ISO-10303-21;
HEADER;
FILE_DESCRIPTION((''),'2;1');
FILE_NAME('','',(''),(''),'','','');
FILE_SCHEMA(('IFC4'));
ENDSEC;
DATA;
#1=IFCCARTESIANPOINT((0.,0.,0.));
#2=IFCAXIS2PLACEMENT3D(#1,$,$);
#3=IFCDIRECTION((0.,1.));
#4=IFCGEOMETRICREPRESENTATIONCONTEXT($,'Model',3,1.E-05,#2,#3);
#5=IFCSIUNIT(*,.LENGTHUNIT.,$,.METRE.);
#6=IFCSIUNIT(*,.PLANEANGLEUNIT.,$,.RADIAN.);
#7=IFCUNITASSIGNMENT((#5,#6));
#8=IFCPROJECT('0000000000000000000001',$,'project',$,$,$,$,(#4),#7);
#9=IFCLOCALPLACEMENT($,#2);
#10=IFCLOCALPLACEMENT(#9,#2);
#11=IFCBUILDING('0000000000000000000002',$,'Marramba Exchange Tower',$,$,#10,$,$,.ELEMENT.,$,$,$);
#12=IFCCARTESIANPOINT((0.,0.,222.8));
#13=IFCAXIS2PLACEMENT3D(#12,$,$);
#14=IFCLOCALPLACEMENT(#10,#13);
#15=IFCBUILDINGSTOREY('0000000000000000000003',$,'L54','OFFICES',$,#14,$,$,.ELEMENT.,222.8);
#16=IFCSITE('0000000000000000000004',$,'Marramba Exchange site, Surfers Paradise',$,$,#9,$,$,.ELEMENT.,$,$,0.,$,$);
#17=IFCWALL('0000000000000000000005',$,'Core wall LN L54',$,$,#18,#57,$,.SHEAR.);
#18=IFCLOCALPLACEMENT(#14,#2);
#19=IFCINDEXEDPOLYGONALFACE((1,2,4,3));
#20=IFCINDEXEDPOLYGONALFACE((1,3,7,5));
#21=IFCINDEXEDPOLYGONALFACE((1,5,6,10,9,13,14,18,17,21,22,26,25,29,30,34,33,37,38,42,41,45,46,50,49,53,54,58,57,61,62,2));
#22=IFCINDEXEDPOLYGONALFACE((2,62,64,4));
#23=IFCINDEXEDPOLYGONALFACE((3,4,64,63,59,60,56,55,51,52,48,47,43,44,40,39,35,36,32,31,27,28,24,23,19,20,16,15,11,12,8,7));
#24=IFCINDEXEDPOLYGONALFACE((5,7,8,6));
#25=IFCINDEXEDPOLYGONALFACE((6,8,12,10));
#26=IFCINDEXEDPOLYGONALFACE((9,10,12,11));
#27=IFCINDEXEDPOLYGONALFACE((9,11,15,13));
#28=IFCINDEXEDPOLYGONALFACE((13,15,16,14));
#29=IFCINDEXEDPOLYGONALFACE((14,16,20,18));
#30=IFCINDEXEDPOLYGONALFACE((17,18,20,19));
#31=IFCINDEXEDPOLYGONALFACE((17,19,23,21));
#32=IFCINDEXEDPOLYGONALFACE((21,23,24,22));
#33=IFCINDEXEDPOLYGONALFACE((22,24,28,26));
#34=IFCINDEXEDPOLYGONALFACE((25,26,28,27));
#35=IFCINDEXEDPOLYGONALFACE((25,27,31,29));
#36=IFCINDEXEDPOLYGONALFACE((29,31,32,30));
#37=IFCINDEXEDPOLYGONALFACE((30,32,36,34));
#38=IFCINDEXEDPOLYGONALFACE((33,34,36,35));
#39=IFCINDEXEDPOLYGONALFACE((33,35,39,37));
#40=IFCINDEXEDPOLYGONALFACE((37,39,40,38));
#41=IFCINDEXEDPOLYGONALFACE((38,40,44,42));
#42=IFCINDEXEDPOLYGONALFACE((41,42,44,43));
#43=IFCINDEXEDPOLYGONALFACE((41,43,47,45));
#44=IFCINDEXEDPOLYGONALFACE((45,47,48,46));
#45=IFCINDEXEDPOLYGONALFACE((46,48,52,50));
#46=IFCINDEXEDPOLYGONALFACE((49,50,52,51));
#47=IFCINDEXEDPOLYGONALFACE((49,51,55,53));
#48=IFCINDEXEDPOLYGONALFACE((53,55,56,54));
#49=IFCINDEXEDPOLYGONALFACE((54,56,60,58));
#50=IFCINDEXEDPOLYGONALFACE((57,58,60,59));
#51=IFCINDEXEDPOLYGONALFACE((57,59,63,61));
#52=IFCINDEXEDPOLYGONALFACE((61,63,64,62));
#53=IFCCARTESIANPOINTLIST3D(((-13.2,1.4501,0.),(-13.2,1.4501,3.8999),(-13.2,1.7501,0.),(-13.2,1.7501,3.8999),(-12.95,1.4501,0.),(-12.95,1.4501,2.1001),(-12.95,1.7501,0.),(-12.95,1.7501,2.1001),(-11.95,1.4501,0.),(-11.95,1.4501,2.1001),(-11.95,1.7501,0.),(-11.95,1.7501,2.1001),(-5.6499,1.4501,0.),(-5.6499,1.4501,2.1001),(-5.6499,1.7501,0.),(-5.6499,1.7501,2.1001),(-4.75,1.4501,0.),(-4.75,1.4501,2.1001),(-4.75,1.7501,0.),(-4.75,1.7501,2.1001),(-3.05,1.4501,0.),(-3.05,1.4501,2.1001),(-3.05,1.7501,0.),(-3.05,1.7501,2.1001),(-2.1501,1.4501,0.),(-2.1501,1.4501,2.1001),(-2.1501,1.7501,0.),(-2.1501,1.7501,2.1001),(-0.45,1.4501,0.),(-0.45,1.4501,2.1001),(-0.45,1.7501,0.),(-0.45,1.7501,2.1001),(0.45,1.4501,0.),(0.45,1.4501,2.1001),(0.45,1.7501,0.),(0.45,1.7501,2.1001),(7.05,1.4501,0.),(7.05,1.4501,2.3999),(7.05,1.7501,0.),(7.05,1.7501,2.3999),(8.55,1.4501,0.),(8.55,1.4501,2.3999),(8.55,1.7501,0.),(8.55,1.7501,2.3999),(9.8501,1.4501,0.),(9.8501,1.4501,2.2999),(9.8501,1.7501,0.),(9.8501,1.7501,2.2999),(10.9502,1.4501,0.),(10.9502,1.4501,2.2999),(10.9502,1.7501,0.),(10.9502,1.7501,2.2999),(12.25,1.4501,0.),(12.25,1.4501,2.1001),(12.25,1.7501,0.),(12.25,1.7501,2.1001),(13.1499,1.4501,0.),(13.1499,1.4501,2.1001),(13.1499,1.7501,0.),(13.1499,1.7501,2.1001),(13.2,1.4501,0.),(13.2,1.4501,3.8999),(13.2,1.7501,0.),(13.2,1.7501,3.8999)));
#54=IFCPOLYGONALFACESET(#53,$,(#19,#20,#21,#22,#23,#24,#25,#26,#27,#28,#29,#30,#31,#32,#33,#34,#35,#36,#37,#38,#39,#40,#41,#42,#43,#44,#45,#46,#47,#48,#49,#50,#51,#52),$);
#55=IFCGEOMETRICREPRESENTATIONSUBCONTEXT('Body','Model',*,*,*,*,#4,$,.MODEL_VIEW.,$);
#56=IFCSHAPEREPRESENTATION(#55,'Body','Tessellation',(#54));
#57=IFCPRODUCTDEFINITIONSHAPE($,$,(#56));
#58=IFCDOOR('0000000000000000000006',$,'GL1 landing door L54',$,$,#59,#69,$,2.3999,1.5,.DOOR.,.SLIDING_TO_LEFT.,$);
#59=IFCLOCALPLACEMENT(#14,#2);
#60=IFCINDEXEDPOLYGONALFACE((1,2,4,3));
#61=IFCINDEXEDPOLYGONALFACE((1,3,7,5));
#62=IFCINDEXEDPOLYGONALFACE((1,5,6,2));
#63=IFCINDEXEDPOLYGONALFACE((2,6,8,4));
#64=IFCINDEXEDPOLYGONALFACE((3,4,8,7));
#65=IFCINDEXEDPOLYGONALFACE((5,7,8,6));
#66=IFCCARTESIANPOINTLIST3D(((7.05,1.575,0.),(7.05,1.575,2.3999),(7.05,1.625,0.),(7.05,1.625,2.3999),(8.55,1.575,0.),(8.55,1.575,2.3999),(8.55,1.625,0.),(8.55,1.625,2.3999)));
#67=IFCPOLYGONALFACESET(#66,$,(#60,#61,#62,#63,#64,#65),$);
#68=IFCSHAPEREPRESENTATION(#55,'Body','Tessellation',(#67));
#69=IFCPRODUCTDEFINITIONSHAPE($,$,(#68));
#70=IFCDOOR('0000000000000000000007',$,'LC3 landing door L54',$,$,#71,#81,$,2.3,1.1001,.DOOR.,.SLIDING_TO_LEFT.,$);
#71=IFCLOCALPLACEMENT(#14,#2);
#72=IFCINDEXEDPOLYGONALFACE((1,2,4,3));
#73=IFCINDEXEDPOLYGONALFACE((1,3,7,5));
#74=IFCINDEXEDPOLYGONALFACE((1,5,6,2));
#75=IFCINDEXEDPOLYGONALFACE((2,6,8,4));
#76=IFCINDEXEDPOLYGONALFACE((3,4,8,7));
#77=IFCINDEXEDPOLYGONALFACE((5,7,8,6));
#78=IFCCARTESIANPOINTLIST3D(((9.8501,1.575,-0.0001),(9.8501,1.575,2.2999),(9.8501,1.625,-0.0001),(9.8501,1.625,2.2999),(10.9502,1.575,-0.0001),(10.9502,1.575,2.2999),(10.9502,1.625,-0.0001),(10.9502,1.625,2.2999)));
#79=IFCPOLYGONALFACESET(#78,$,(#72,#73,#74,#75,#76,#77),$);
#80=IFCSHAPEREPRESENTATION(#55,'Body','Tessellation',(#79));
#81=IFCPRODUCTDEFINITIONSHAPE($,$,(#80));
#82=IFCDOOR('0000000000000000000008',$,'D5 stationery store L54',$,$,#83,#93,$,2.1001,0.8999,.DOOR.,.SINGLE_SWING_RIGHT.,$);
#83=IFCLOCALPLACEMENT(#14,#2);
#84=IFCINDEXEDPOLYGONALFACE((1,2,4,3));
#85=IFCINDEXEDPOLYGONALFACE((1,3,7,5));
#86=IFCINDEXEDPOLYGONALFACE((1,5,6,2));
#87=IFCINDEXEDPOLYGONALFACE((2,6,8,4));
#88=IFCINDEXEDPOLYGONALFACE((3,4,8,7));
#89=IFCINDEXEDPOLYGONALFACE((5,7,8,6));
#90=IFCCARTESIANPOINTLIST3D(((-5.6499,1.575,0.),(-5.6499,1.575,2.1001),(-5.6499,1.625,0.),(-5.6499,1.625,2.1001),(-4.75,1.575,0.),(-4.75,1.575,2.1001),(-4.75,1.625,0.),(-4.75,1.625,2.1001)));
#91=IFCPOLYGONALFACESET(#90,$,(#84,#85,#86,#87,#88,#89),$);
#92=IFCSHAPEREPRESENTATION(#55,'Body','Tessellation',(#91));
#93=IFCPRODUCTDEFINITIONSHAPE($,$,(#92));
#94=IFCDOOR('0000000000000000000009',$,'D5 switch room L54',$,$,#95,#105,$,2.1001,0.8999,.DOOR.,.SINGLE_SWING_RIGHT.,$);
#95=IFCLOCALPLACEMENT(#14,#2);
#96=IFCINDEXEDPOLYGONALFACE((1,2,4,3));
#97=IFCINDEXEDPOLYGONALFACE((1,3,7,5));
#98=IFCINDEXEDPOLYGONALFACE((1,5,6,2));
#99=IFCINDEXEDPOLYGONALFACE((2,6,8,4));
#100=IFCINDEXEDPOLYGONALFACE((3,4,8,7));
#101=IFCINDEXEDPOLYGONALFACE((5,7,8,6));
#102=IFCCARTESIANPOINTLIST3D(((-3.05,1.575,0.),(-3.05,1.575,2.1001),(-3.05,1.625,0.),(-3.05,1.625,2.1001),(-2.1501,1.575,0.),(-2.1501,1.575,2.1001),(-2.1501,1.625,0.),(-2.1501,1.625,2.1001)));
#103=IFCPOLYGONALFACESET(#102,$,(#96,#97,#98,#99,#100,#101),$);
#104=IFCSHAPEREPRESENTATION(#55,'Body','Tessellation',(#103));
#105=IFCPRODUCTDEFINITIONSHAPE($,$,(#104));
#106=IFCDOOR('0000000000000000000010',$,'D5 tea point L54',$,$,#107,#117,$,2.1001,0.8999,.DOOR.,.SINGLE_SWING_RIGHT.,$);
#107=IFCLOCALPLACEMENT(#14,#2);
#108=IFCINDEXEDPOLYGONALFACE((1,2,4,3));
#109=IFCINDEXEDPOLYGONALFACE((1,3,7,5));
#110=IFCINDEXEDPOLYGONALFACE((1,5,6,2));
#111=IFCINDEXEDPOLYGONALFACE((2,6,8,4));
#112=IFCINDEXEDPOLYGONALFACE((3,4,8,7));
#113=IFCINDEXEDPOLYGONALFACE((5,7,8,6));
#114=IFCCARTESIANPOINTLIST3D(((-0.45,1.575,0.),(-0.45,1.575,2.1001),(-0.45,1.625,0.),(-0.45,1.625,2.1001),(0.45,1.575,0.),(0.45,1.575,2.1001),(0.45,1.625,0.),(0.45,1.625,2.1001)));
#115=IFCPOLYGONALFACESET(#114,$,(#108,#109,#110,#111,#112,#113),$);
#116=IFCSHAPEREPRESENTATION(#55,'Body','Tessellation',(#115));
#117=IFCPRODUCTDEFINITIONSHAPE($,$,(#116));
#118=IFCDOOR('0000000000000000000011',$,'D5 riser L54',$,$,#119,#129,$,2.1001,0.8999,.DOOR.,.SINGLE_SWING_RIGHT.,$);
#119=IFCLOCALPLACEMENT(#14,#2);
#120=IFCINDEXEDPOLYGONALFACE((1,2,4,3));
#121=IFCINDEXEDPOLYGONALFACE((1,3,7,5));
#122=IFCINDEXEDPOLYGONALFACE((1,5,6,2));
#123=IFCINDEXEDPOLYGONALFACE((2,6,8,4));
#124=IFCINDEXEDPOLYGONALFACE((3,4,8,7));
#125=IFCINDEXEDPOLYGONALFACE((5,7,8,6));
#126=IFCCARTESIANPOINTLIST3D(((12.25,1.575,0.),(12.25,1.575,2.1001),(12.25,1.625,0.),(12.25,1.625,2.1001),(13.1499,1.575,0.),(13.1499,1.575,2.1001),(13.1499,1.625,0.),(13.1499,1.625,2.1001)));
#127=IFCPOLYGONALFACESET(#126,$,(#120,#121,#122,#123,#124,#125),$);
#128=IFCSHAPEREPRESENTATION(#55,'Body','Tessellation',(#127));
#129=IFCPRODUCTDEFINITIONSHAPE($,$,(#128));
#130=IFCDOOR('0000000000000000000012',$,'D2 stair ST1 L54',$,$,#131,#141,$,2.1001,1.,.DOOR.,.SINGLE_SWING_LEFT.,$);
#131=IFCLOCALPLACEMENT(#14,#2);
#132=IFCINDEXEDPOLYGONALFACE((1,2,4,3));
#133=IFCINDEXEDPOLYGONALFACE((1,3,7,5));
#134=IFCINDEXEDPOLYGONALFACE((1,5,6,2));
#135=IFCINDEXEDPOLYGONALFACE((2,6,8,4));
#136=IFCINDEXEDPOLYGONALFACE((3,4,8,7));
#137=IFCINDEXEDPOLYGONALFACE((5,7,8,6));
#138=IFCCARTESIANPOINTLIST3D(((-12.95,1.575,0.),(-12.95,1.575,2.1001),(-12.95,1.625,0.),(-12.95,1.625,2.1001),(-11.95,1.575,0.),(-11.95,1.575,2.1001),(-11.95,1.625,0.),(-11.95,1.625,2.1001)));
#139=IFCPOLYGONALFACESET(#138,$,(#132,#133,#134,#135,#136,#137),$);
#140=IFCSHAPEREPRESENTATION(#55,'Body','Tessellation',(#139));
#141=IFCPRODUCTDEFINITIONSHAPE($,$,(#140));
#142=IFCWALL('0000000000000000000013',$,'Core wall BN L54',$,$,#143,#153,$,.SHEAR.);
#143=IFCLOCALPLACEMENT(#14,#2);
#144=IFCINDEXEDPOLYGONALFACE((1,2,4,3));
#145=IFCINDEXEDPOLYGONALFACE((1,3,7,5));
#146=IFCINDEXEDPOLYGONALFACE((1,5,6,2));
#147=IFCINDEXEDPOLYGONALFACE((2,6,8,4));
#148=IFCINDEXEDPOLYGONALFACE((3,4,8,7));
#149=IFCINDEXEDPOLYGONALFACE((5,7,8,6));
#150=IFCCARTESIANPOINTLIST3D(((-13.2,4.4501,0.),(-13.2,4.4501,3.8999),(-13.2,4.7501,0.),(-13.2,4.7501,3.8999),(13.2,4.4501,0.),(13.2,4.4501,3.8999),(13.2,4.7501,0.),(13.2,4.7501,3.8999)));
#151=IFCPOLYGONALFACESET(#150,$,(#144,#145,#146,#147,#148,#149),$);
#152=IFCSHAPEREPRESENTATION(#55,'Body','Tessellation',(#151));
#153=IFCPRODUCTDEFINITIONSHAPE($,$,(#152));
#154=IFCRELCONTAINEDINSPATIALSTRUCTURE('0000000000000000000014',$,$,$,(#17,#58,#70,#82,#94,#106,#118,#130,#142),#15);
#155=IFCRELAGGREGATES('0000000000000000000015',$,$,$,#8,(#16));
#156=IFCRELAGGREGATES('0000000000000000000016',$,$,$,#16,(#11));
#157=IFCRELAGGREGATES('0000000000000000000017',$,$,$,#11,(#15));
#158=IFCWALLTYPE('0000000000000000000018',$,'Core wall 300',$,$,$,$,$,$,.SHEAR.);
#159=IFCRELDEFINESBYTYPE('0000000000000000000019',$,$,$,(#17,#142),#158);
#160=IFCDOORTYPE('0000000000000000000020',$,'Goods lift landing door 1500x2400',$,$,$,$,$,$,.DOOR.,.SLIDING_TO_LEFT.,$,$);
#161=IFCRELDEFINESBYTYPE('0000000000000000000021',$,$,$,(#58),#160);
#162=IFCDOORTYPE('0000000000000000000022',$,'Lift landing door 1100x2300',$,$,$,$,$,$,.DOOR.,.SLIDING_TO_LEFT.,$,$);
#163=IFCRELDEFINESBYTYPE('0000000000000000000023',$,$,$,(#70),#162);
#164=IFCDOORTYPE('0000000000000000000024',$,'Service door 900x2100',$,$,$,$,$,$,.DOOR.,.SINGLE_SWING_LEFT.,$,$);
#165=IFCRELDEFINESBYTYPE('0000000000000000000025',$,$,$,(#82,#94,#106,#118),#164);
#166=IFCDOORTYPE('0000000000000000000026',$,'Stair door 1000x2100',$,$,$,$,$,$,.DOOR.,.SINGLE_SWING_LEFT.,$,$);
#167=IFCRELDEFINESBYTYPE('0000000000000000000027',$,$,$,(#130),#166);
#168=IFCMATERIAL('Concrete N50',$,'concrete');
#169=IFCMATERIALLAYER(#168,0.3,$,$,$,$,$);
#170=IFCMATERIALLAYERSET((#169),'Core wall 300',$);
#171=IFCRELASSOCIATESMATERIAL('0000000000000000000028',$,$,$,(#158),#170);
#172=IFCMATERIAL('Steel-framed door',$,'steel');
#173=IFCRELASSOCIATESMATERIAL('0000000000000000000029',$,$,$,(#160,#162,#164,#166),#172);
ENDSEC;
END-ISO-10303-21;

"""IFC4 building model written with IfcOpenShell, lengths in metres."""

from ifc_helpers import new_model, si_unit, direction, frame, frame_2d, origin, place, context, subcontext, project, spatial, rectangle, extrude, material, layer, layer_set, type_object, element, fill, save


model = new_model("IFC4")

# Units and contexts
model_context = context("Model", 3, precision=1e-05, world=origin(), true_north=direction((0.0, 1.0)))
body_context = subcontext(model_context, "Body", "Model", "MODEL_VIEW")
ifc_project = project(units=[si_unit("LENGTHUNIT", "METRE"), si_unit("PLANEANGLEUNIT", "RADIAN")], contexts=[model_context])

# Site, building, storey
site_placement = place(None, origin())
site = spatial("IfcSite", under=ifc_project, at=site_placement, Name="Marramba Exchange site, Surfers Paradise", CompositionType="ELEMENT", RefElevation=0.0)
building_placement = place(site_placement, origin())
building = spatial("IfcBuilding", under=site, at=building_placement, Name="Marramba Exchange Tower", CompositionType="ELEMENT")
storey_placement = place(building_placement, frame((0.0, 0.0, 222.8)))
storey = spatial("IfcBuildingStorey", under=building, at=storey_placement, Name="L54", Description="OFFICES", CompositionType="ELEMENT", Elevation=222.8)

# Shared definitions
ifc_material_1 = material(Name="Concrete N50", Category="concrete")

# Wall, openings, doors
ifc_layer_1 = layer(ifc_material_1, 0.3)
ifc_layer_set_1 = layer_set([ifc_layer_1], Name="Core wall 300")
wall_type_1 = type_object("IfcWallType", Name="Core wall 300", PredefinedType="SHEAR", material=ifc_layer_set_1)
wall_1_placement = place(storey_placement, frame((-13.2, 1.6001, 0.0), z_axis=(0.0, 0.0, 1.0), x_axis=(1.0, 0.0, 0.0)))
wall_1 = element("IfcWall", 1, at=wall_1_placement, inside=storey, type_object=wall_type_1, Name="Core wall LN L54", PredefinedType="SHEAR", context=body_context, shape_type="SweptSolid", body=[
    extrude(rectangle(XDim=26.3999, YDim=0.3, at=frame_2d((13.2, 0.0))), origin(), (0.0, 0.0, 1.0), 3.8999),
])
opening_1_placement = place(wall_1_placement, frame((0.25, 0.0, 0.0)))
opening_1 = element("IfcOpeningElement", 2, at=opening_1_placement, cuts=wall_1, PredefinedType="OPENING", context=body_context, shape_type="SweptSolid", body=[
    extrude(rectangle(XDim=1.0, YDim=2.1001, at=frame_2d((0.5, 1.05))), frame((0.0, 0.1599, 0.0), z_axis=(0.0, -1.0, 0.0), x_axis=(1.0, 0.0, 0.0)), (0.0, 0.0, 1.0), 0.3201),
])
opening_2_placement = place(wall_1_placement, frame((23.05, 0.0, 0.0)))
opening_2 = element("IfcOpeningElement", 3, at=opening_2_placement, cuts=wall_1, PredefinedType="OPENING", context=body_context, shape_type="SweptSolid", body=[
    extrude(rectangle(XDim=1.1001, YDim=2.3, at=frame_2d((0.55, 1.1499))), frame((0.0, 0.1599, 0.0), z_axis=(0.0, -1.0, 0.0), x_axis=(1.0, 0.0, 0.0)), (0.0, 0.0, 1.0), 0.3201),
])
opening_3_placement = place(wall_1_placement, frame((20.25, 0.0, 0.0)))
opening_3 = element("IfcOpeningElement", 4, at=opening_3_placement, cuts=wall_1, PredefinedType="OPENING", context=body_context, shape_type="SweptSolid", body=[
    extrude(rectangle(XDim=1.5, YDim=2.3999, at=frame_2d((0.75, 1.2))), frame((0.0, 0.1599, 0.0), z_axis=(0.0, -1.0, 0.0), x_axis=(1.0, 0.0, 0.0)), (0.0, 0.0, 1.0), 0.3201),
])
opening_4_placement = place(wall_1_placement, frame((7.55, 0.0, 0.0)))
opening_4 = element("IfcOpeningElement", 5, at=opening_4_placement, cuts=wall_1, PredefinedType="OPENING", context=body_context, shape_type="SweptSolid", body=[
    extrude(rectangle(XDim=0.8999, YDim=2.1001, at=frame_2d((0.45, 1.05))), frame((0.0, 0.1599, 0.0), z_axis=(0.0, -1.0, 0.0), x_axis=(1.0, 0.0, 0.0)), (0.0, 0.0, 1.0), 0.3201),
])
opening_5_placement = place(wall_1_placement, frame((10.1499, 0.0, 0.0)))
opening_5 = element("IfcOpeningElement", 6, at=opening_5_placement, cuts=wall_1, PredefinedType="OPENING", context=body_context, shape_type="SweptSolid", body=[
    extrude(rectangle(XDim=0.8999, YDim=2.1001, at=frame_2d((0.45, 1.05))), frame((0.0, 0.1599, 0.0), z_axis=(0.0, -1.0, 0.0), x_axis=(1.0, 0.0, 0.0)), (0.0, 0.0, 1.0), 0.3201),
])
opening_6_placement = place(wall_1_placement, frame((12.75, 0.0, 0.0)))
opening_6 = element("IfcOpeningElement", 7, at=opening_6_placement, cuts=wall_1, PredefinedType="OPENING", context=body_context, shape_type="SweptSolid", body=[
    extrude(rectangle(XDim=0.8999, YDim=2.1001, at=frame_2d((0.45, 1.05))), frame((0.0, 0.1599, 0.0), z_axis=(0.0, -1.0, 0.0), x_axis=(1.0, 0.0, 0.0)), (0.0, 0.0, 1.0), 0.3201),
])
opening_7_placement = place(wall_1_placement, frame((25.45, 0.0, 0.0)))
opening_7 = element("IfcOpeningElement", 8, at=opening_7_placement, cuts=wall_1, PredefinedType="OPENING", context=body_context, shape_type="SweptSolid", body=[
    extrude(rectangle(XDim=0.8999, YDim=2.1001, at=frame_2d((0.45, 1.05))), frame((0.0, 0.1599, 0.0), z_axis=(0.0, -1.0, 0.0), x_axis=(1.0, 0.0, 0.0)), (0.0, 0.0, 1.0), 0.3201),
])
ifc_material_2 = material(Name="Steel-framed door", Category="steel")
door_type_1 = type_object("IfcDoorType", Name="Goods lift landing door 1500x2400", OperationType="SLIDING_TO_LEFT", PredefinedType="DOOR", material=ifc_material_2)
door_1_placement = place(opening_3_placement, origin())
door_1 = element("IfcDoor", 9, at=door_1_placement, inside=storey, type_object=door_type_1, Name="GL1 landing door L54", OperationType="SLIDING_TO_LEFT", OverallHeight=2.3999, OverallWidth=1.5, PredefinedType="DOOR", context=body_context, shape_type="SweptSolid", body=[
    extrude(rectangle(XDim=1.5, YDim=2.3999, at=frame_2d((0.75, 1.2))), frame((0.0, 0.0249, 0.0), z_axis=(0.0, -1.0, 0.0), x_axis=(1.0, 0.0, 0.0)), (0.0, 0.0, 1.0), 0.05),
])
fill(opening_3, door_1)
door_type_2 = type_object("IfcDoorType", Name="Lift landing door 1100x2300", OperationType="SLIDING_TO_LEFT", PredefinedType="DOOR", material=ifc_material_2)
door_2_placement = place(opening_2_placement, origin())
door_2 = element("IfcDoor", 10, at=door_2_placement, inside=storey, type_object=door_type_2, Name="LC3 landing door L54", OperationType="SLIDING_TO_LEFT", OverallHeight=2.3, OverallWidth=1.1001, PredefinedType="DOOR", context=body_context, shape_type="SweptSolid", body=[
    extrude(rectangle(XDim=1.1001, YDim=2.3, at=frame_2d((0.55, 1.1499))), frame((0.0, 0.0249, 0.0), z_axis=(0.0, -1.0, 0.0), x_axis=(1.0, 0.0, 0.0)), (0.0, 0.0, 1.0), 0.05),
])
fill(opening_2, door_2)
door_type_3 = type_object("IfcDoorType", Name="Service door 900x2100", OperationType="SINGLE_SWING_LEFT", PredefinedType="DOOR", material=ifc_material_2)
door_3_placement = place(opening_4_placement, origin())
door_3 = element("IfcDoor", 11, at=door_3_placement, inside=storey, type_object=door_type_3, Name="D5 stationery store L54", OperationType="SINGLE_SWING_RIGHT", OverallHeight=2.1001, OverallWidth=0.8999, PredefinedType="DOOR", context=body_context, shape_type="SweptSolid", body=[
    extrude(rectangle(XDim=0.8999, YDim=2.1001, at=frame_2d((0.45, 1.05))), frame((0.0, 0.0249, 0.0), z_axis=(0.0, -1.0, 0.0), x_axis=(1.0, 0.0, 0.0)), (0.0, 0.0, 1.0), 0.05),
])
fill(opening_4, door_3)
door_4_placement = place(opening_5_placement, origin())
door_4 = element("IfcDoor", 12, at=door_4_placement, inside=storey, type_object=door_type_3, Name="D5 switch room L54", OperationType="SINGLE_SWING_RIGHT", OverallHeight=2.1001, OverallWidth=0.8999, PredefinedType="DOOR", context=body_context, shape_type="SweptSolid", body=[
    extrude(rectangle(XDim=0.8999, YDim=2.1001, at=frame_2d((0.45, 1.05))), frame((0.0, 0.0249, 0.0), z_axis=(0.0, -1.0, 0.0), x_axis=(1.0, 0.0, 0.0)), (0.0, 0.0, 1.0), 0.05),
])
fill(opening_5, door_4)
door_5_placement = place(opening_6_placement, origin())
door_5 = element("IfcDoor", 13, at=door_5_placement, inside=storey, type_object=door_type_3, Name="D5 tea point L54", OperationType="SINGLE_SWING_RIGHT", OverallHeight=2.1001, OverallWidth=0.8999, PredefinedType="DOOR", context=body_context, shape_type="SweptSolid", body=[
    extrude(rectangle(XDim=0.8999, YDim=2.1001, at=frame_2d((0.45, 1.05))), frame((0.0, 0.0249, 0.0), z_axis=(0.0, -1.0, 0.0), x_axis=(1.0, 0.0, 0.0)), (0.0, 0.0, 1.0), 0.05),
])
fill(opening_6, door_5)
door_6_placement = place(opening_7_placement, origin())
door_6 = element("IfcDoor", 14, at=door_6_placement, inside=storey, type_object=door_type_3, Name="D5 riser L54", OperationType="SINGLE_SWING_RIGHT", OverallHeight=2.1001, OverallWidth=0.8999, PredefinedType="DOOR", context=body_context, shape_type="SweptSolid", body=[
    extrude(rectangle(XDim=0.8999, YDim=2.1001, at=frame_2d((0.45, 1.05))), frame((0.0, 0.0249, 0.0), z_axis=(0.0, -1.0, 0.0), x_axis=(1.0, 0.0, 0.0)), (0.0, 0.0, 1.0), 0.05),
])
fill(opening_7, door_6)
door_type_4 = type_object("IfcDoorType", Name="Stair door 1000x2100", OperationType="SINGLE_SWING_LEFT", PredefinedType="DOOR", material=ifc_material_2)
door_7_placement = place(opening_1_placement, origin())
door_7 = element("IfcDoor", 15, at=door_7_placement, inside=storey, type_object=door_type_4, Name="D2 stair ST1 L54", OperationType="SINGLE_SWING_LEFT", OverallHeight=2.1001, OverallWidth=1.0, PredefinedType="DOOR", context=body_context, shape_type="SweptSolid", body=[
    extrude(rectangle(XDim=1.0, YDim=2.1001, at=frame_2d((0.5, 1.05))), frame((0.0, 0.0249, 0.0), z_axis=(0.0, -1.0, 0.0), x_axis=(1.0, 0.0, 0.0)), (0.0, 0.0, 1.0), 0.05),
])
fill(opening_1, door_7)

# Wall
wall_2_placement = place(storey_placement, frame((-13.2, 4.6001, 0.0), z_axis=(0.0, 0.0, 1.0), x_axis=(1.0, 0.0, 0.0)))
element("IfcWall", 16, at=wall_2_placement, inside=storey, type_object=wall_type_1, Name="Core wall BN L54", PredefinedType="SHEAR", context=body_context, shape_type="SweptSolid", body=[
    extrude(rectangle(XDim=26.3999, YDim=0.3, at=frame_2d((13.2, 0.0))), origin(), (0.0, 0.0, 1.0), 3.8999),
])

save(model, "model.ifc")
